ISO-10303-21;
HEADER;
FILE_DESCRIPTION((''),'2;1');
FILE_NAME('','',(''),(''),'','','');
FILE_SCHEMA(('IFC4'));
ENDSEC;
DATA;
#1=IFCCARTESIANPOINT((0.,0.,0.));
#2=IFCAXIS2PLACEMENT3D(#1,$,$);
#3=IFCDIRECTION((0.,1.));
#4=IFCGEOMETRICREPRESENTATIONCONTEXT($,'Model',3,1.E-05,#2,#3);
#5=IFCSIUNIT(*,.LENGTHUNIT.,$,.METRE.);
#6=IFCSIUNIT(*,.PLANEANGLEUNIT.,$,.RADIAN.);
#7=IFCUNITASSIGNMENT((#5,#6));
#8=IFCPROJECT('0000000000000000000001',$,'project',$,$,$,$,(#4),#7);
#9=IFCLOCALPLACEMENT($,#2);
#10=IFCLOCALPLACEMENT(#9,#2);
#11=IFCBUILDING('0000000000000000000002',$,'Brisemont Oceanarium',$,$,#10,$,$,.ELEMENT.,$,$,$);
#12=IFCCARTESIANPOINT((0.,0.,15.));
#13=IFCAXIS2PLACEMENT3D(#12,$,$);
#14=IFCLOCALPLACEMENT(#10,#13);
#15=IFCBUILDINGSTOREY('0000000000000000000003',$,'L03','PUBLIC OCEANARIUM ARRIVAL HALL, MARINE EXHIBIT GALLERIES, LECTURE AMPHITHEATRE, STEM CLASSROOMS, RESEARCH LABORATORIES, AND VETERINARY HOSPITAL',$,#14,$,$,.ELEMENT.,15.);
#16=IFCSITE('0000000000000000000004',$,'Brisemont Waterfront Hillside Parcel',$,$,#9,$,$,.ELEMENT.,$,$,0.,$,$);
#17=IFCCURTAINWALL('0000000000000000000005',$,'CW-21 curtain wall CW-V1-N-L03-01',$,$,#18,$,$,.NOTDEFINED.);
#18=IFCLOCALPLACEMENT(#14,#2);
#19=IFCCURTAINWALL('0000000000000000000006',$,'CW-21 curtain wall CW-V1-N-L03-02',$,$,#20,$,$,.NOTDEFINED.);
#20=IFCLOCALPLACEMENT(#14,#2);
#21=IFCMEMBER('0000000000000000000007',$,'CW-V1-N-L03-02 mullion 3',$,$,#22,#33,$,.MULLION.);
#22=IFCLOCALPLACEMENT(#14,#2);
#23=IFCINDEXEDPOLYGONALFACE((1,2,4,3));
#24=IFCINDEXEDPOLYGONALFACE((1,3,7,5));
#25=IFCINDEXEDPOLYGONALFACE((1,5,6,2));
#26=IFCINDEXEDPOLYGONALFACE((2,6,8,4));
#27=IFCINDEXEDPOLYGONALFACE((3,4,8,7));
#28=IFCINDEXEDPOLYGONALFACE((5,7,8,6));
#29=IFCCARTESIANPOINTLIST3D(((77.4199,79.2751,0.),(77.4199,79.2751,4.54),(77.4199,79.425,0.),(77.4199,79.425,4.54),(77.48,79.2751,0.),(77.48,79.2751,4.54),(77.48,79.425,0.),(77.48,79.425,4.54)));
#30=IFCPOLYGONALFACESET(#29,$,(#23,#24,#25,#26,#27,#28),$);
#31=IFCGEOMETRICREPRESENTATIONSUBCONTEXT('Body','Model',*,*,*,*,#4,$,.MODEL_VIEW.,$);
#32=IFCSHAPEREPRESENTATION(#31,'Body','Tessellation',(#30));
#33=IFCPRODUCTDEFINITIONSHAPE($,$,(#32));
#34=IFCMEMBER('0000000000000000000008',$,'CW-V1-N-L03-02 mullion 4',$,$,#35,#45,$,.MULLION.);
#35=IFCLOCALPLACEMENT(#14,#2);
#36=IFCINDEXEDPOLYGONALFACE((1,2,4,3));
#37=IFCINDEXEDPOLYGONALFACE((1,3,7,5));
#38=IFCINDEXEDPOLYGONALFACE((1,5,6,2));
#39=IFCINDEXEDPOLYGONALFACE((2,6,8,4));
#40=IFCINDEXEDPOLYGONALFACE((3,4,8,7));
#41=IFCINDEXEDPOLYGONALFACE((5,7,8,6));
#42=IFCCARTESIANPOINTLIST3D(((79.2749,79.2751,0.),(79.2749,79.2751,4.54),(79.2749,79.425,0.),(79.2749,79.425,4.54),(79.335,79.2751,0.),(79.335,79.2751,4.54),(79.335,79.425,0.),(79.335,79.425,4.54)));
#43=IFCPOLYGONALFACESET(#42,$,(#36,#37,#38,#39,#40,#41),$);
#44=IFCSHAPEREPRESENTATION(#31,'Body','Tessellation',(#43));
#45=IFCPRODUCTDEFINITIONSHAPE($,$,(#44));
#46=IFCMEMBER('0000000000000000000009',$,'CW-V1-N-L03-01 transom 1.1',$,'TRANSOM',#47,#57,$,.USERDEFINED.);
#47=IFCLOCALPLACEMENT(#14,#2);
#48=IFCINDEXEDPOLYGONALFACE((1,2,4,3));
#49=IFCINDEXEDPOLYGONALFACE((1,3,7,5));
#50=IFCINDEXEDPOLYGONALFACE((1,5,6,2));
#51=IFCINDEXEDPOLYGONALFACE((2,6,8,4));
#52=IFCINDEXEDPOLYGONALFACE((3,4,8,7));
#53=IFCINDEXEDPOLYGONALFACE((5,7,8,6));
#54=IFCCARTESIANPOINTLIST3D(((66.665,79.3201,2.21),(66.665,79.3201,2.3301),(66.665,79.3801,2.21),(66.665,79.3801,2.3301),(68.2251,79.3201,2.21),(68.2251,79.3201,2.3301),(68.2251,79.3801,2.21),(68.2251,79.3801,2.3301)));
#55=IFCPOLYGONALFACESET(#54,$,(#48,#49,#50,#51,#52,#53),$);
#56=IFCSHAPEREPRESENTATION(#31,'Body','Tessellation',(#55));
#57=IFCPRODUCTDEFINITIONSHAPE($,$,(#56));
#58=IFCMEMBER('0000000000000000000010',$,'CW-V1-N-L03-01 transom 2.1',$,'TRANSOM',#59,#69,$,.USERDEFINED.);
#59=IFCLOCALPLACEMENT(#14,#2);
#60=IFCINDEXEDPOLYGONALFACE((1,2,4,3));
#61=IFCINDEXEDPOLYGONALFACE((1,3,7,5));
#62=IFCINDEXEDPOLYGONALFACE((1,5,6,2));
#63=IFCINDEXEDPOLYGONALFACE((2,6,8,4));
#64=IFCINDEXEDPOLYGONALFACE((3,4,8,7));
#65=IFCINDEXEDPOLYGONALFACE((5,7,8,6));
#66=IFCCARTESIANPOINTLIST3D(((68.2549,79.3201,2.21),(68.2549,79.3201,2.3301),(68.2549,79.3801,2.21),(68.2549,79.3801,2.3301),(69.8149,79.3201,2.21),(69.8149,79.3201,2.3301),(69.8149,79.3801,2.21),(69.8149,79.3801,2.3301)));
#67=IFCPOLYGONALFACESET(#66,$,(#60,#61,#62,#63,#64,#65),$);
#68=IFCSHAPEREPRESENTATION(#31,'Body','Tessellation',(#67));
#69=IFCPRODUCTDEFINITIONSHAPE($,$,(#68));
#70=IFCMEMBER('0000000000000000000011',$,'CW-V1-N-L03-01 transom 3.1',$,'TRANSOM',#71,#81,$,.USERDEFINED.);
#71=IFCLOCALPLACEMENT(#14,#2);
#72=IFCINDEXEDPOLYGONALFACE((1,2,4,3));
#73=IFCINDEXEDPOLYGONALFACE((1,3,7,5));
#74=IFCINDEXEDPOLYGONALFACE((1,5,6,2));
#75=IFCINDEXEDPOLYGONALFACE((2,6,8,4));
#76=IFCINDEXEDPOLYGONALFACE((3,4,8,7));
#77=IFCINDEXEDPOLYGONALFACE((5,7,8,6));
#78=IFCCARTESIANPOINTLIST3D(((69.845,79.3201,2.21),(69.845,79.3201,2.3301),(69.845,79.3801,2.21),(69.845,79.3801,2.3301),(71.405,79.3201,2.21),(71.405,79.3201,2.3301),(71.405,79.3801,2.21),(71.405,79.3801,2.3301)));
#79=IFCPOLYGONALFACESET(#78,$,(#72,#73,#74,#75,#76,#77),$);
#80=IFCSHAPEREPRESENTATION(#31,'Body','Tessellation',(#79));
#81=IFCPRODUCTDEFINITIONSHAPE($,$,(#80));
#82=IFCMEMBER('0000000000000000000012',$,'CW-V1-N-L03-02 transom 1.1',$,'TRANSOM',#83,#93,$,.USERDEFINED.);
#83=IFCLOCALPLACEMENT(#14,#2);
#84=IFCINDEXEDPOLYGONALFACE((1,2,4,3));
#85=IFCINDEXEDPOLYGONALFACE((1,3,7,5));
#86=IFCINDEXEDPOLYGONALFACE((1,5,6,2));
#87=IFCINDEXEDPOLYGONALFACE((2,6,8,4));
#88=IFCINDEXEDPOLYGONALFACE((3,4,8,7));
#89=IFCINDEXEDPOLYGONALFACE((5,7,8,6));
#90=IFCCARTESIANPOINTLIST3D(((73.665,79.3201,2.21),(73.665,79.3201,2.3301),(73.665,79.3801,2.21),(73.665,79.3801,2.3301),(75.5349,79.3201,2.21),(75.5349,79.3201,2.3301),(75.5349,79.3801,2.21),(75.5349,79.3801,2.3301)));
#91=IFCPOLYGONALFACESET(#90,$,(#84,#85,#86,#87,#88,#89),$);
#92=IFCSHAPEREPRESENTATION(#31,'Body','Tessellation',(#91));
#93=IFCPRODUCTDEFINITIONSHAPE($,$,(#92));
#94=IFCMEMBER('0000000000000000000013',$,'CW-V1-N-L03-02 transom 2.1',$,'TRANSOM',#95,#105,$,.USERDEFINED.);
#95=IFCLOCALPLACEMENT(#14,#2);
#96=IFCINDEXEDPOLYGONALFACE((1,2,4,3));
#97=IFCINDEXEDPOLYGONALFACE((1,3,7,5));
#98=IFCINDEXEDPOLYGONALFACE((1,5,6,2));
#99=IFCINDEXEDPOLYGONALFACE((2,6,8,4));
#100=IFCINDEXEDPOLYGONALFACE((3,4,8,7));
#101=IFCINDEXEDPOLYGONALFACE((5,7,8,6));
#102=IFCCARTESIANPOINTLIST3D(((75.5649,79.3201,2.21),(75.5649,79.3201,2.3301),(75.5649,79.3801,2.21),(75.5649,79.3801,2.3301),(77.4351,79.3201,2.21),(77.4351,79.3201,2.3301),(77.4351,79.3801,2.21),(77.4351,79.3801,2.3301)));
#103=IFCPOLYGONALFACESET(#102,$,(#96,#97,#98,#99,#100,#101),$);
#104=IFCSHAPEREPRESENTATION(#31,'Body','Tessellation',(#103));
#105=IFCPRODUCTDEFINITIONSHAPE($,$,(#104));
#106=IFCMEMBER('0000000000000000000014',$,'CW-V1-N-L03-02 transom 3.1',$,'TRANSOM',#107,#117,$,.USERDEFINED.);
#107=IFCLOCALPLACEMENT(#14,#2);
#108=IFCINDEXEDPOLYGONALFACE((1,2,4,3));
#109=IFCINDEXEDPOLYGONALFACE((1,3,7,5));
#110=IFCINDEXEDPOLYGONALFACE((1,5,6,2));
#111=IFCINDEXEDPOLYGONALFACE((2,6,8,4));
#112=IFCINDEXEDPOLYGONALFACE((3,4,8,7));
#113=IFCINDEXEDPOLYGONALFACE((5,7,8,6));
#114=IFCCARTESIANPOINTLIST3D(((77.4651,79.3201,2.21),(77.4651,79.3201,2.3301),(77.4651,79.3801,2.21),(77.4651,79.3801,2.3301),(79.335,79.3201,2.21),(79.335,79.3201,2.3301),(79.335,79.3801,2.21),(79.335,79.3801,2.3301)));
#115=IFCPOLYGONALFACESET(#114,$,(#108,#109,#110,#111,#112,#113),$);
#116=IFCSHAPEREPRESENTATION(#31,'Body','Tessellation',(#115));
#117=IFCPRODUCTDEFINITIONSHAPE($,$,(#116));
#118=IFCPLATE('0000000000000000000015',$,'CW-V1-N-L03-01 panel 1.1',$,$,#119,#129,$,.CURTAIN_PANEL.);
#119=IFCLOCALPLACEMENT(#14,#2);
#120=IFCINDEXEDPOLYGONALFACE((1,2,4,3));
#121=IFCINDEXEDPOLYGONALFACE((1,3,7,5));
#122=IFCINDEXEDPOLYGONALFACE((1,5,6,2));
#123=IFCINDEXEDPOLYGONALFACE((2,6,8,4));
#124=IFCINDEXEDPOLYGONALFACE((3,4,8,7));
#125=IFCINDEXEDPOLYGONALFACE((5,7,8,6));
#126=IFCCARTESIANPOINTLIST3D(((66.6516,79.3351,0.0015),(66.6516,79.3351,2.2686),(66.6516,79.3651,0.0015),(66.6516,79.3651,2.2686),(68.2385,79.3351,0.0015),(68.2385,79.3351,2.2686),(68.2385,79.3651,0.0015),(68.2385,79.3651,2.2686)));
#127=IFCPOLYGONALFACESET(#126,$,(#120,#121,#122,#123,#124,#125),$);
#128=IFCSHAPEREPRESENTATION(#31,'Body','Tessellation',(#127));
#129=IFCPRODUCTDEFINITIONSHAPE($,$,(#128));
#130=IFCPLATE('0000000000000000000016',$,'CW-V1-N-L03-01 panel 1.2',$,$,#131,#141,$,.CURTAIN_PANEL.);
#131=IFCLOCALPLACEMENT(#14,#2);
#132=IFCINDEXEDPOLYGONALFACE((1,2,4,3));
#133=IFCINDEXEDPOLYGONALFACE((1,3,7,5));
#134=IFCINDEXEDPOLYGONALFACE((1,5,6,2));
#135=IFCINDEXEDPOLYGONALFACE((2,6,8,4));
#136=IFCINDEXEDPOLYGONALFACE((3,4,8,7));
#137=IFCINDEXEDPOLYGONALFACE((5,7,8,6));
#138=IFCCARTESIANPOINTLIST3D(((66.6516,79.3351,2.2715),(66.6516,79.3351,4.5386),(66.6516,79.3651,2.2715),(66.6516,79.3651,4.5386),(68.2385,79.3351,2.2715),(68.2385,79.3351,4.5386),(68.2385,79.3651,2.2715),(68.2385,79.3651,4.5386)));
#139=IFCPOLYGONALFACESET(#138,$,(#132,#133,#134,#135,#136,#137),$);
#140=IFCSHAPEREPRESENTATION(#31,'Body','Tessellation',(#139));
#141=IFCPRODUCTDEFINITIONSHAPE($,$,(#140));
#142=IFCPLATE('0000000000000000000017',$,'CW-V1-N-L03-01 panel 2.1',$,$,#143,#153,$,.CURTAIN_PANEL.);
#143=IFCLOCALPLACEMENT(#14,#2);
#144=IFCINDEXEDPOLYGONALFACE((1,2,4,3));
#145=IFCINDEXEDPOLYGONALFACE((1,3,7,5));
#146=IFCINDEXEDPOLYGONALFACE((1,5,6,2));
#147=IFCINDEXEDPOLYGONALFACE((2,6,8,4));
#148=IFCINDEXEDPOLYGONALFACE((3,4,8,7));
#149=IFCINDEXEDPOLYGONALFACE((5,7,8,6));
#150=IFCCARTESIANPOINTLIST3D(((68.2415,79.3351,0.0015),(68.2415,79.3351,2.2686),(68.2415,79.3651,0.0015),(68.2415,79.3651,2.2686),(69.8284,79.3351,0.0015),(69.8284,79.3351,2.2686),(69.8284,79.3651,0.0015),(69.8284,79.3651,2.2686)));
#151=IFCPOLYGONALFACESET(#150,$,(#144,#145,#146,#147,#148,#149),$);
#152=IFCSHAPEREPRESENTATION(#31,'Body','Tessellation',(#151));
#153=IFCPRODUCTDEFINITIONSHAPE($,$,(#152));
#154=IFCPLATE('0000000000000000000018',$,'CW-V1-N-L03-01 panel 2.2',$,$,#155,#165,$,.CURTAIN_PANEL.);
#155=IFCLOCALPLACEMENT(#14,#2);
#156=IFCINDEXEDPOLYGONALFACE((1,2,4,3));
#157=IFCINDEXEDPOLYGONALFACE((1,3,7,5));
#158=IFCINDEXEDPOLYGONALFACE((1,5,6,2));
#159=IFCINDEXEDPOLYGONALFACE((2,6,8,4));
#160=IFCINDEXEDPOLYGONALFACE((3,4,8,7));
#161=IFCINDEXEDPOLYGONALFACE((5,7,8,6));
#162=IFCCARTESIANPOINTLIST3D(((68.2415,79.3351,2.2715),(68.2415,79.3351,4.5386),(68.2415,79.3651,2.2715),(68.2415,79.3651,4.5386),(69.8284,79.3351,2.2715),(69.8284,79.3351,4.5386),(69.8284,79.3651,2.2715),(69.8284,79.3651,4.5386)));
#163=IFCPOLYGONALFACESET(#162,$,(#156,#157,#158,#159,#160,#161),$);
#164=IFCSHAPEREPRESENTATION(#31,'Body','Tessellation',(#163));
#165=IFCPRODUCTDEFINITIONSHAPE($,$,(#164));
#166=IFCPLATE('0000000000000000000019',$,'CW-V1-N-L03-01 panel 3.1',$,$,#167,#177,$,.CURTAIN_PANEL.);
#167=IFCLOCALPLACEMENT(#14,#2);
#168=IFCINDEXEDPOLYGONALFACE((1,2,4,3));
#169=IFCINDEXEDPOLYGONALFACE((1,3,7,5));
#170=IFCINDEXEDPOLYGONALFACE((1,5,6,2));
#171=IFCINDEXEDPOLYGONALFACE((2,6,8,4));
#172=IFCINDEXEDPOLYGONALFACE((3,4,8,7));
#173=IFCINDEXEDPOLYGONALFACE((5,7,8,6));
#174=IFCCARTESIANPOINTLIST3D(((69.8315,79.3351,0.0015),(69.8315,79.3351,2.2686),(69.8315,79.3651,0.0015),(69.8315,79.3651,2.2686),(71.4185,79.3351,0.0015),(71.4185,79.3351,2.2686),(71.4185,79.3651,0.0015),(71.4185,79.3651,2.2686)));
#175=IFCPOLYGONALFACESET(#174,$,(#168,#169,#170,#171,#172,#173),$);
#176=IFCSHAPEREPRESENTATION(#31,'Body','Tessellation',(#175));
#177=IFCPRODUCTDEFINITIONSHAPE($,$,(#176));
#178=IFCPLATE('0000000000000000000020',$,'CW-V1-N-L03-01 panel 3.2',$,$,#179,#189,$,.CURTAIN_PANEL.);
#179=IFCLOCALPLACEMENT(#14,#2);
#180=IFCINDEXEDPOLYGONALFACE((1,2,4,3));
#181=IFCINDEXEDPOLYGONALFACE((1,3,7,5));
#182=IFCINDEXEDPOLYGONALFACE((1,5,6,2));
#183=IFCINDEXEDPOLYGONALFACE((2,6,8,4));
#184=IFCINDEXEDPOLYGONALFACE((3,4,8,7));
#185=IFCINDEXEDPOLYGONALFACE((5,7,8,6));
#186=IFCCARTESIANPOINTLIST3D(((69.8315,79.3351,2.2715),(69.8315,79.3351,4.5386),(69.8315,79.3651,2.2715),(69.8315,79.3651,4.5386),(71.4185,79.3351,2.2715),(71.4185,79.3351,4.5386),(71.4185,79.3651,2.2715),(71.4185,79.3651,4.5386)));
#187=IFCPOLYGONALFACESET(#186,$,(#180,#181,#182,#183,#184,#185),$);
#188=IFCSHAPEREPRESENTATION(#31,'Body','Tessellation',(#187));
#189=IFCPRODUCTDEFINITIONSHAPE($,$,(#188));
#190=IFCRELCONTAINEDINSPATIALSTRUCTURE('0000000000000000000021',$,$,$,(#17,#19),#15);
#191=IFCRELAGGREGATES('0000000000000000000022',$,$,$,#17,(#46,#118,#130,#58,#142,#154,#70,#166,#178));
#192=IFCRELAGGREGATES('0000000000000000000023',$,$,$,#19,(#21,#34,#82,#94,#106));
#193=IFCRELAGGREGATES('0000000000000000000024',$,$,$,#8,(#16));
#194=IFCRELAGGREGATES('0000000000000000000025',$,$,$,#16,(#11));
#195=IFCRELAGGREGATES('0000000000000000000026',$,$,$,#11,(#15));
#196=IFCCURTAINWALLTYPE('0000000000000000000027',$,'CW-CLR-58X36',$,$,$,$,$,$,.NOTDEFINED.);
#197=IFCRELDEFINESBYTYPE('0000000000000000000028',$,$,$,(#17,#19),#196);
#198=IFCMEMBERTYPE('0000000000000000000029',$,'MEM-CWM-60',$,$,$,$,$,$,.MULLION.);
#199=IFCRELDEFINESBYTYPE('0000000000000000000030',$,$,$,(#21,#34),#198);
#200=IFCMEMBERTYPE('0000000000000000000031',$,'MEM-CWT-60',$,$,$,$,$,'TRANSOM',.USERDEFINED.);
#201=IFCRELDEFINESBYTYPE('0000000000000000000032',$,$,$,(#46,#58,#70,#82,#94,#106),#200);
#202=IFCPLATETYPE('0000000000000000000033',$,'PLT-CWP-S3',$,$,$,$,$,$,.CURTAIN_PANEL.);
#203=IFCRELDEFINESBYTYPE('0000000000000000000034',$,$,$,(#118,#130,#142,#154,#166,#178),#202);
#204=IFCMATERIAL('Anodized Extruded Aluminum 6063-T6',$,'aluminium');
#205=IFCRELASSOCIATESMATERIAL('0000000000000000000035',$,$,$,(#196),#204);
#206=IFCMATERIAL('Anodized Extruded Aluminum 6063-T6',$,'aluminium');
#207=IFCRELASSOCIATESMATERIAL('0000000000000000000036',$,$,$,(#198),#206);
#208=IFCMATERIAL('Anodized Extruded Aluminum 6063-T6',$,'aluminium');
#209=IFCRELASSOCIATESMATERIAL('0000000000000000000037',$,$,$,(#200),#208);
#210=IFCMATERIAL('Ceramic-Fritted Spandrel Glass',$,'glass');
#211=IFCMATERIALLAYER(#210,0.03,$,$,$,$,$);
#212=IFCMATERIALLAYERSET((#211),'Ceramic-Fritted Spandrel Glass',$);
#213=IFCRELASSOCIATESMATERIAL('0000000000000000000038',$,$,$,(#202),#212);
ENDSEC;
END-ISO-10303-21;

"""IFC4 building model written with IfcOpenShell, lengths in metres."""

from ifc_helpers import new_model, si_unit, direction, frame, origin, origin_2d, place, context, subcontext, project, spatial, rectangle, extrude, material, layer, layer_set, material_profile, profile_set, type_object, element, aggregate, save


model = new_model("IFC4")

# Units and contexts
model_context = context("Model", 3, precision=1e-05, world=origin(), true_north=direction((0.0, 1.0)))
body_context = subcontext(model_context, "Body", "Model", "MODEL_VIEW")
ifc_project = project(units=[si_unit("LENGTHUNIT", "METRE"), si_unit("PLANEANGLEUNIT", "RADIAN")], contexts=[model_context])

# Site, building, storey
site_placement = place(None, origin())
site = spatial("IfcSite", under=ifc_project, at=site_placement, Name="Brisemont Waterfront Hillside Parcel", CompositionType="ELEMENT", RefElevation=0.0)
building_placement = place(site_placement, origin())
building = spatial("IfcBuilding", under=site, at=building_placement, Name="Brisemont Oceanarium", CompositionType="ELEMENT")
storey_placement = place(building_placement, frame((0.0, 0.0, 15.0)))
storey = spatial("IfcBuildingStorey", under=building, at=storey_placement, Name="L03", Description="PUBLIC OCEANARIUM ARRIVAL HALL, MARINE EXHIBIT GALLERIES, LECTURE AMPHITHEATRE, STEM CLASSROOMS, RESEARCH LABORATORIES, AND VETERINARY HOSPITAL", CompositionType="ELEMENT", Elevation=15.0)

# Curtain walls, members
ifc_material_1 = material(Name="Anodized Extruded Aluminum 6063-T6", Category="aluminium")
curtain_wall_type = type_object("IfcCurtainWallType", Name="CW-CLR-58X36", PredefinedType="NOTDEFINED", material=ifc_material_1)
curtain_wall_1_placement = place(storey_placement, origin())
curtain_wall_1 = element("IfcCurtainWall", 1, at=curtain_wall_1_placement, inside=storey, type_object=curtain_wall_type, Name="CW-21 curtain wall CW-V1-N-L03-01", PredefinedType="NOTDEFINED")
ifc_material_2 = material(Name="Anodized Extruded Aluminum 6063-T6", Category="aluminium")
ifc_material_profile_1 = material_profile(ifc_material_2, rectangle(XDim=0.0601, YDim=0.1499, at=origin_2d()), Name="CWM-60X150")
ifc_profile_set_1 = profile_set([ifc_material_profile_1], Name="Anodized Extruded Aluminum 6063-T6")
member_type_1 = type_object("IfcMemberType", Name="MEM-CWM-60", PredefinedType="MULLION", material=ifc_profile_set_1)
curtain_wall_2_placement = place(storey_placement, origin())
curtain_wall_2 = element("IfcCurtainWall", 2, at=curtain_wall_2_placement, inside=storey, type_object=curtain_wall_type, Name="CW-21 curtain wall CW-V1-N-L03-02", PredefinedType="NOTDEFINED")
member_1_placement = place(storey_placement, frame((77.45, 79.3501, 0.0), z_axis=(0.0, 0.0, 1.0), x_axis=(1.0, 0.0, 0.0)))
member_1 = element("IfcMember", 3, at=member_1_placement, type_object=member_type_1, Name="CW-V1-N-L03-02 mullion 3", PredefinedType="MULLION", context=body_context, shape_type="SweptSolid", body=[
    extrude(rectangle(XDim=0.0601, YDim=0.1499, at=origin_2d()), origin(), (0.0, 0.0, 1.0), 4.54),
])
member_2_placement = place(storey_placement, frame((79.3049, 79.3501, 0.0), z_axis=(0.0, 0.0, 1.0), x_axis=(1.0, 0.0, 0.0)))
member_2 = element("IfcMember", 4, at=member_2_placement, type_object=member_type_1, Name="CW-V1-N-L03-02 mullion 4", PredefinedType="MULLION", context=body_context, shape_type="SweptSolid", body=[
    extrude(rectangle(XDim=0.0601, YDim=0.1499, at=origin_2d()), origin(), (0.0, 0.0, 1.0), 4.54),
])

# Members
ifc_material_3 = material(Name="Anodized Extruded Aluminum 6063-T6", Category="aluminium")
ifc_material_profile_2 = material_profile(ifc_material_3, rectangle(XDim=0.0601, YDim=0.1201, at=origin_2d()), Name="CWT-60X120")
ifc_profile_set_2 = profile_set([ifc_material_profile_2], Name="Anodized Extruded Aluminum 6063-T6")
member_type_2 = type_object("IfcMemberType", Name="MEM-CWT-60", ElementType="TRANSOM", PredefinedType="USERDEFINED", material=ifc_profile_set_2)
member_3_placement = place(storey_placement, frame((66.665, 79.3501, 2.27), z_axis=(1.0, 0.0, 0.0), x_axis=(0.0, 1.0, 0.0)))
member_3 = element("IfcMember", 5, at=member_3_placement, type_object=member_type_2, Name="CW-V1-N-L03-01 transom 1.1", ObjectType="TRANSOM", PredefinedType="USERDEFINED", context=body_context, shape_type="SweptSolid", body=[
    extrude(rectangle(XDim=0.0601, YDim=0.1201, at=origin_2d()), origin(), (0.0, 0.0, 1.0), 1.5601),
])
member_4_placement = place(storey_placement, frame((68.2549, 79.3501, 2.27), z_axis=(1.0, 0.0, 0.0), x_axis=(0.0, 1.0, 0.0)))
member_4 = element("IfcMember", 6, at=member_4_placement, type_object=member_type_2, Name="CW-V1-N-L03-01 transom 2.1", ObjectType="TRANSOM", PredefinedType="USERDEFINED", context=body_context, shape_type="SweptSolid", body=[
    extrude(rectangle(XDim=0.0601, YDim=0.1201, at=origin_2d()), origin(), (0.0, 0.0, 1.0), 1.5601),
])
member_5_placement = place(storey_placement, frame((69.845, 79.3501, 2.27), z_axis=(1.0, 0.0, 0.0), x_axis=(0.0, 1.0, 0.0)))
member_5 = element("IfcMember", 7, at=member_5_placement, type_object=member_type_2, Name="CW-V1-N-L03-01 transom 3.1", ObjectType="TRANSOM", PredefinedType="USERDEFINED", context=body_context, shape_type="SweptSolid", body=[
    extrude(rectangle(XDim=0.0601, YDim=0.1201, at=origin_2d()), origin(), (0.0, 0.0, 1.0), 1.5601),
])
member_6_placement = place(storey_placement, frame((73.665, 79.3501, 2.27), z_axis=(1.0, 0.0, 0.0), x_axis=(0.0, 1.0, 0.0)))
member_6 = element("IfcMember", 8, at=member_6_placement, type_object=member_type_2, Name="CW-V1-N-L03-02 transom 1.1", ObjectType="TRANSOM", PredefinedType="USERDEFINED", context=body_context, shape_type="SweptSolid", body=[
    extrude(rectangle(XDim=0.0601, YDim=0.1201, at=origin_2d()), origin(), (0.0, 0.0, 1.0), 1.8699),
])
member_7_placement = place(storey_placement, frame((75.5649, 79.3501, 2.27), z_axis=(1.0, 0.0, 0.0), x_axis=(0.0, 1.0, 0.0)))
member_7 = element("IfcMember", 9, at=member_7_placement, type_object=member_type_2, Name="CW-V1-N-L03-02 transom 2.1", ObjectType="TRANSOM", PredefinedType="USERDEFINED", context=body_context, shape_type="SweptSolid", body=[
    extrude(rectangle(XDim=0.0601, YDim=0.1201, at=origin_2d()), origin(), (0.0, 0.0, 1.0), 1.8701),
])
member_8_placement = place(storey_placement, frame((77.4651, 79.3501, 2.27), z_axis=(1.0, 0.0, 0.0), x_axis=(0.0, 1.0, 0.0)))
member_8 = element("IfcMember", 10, at=member_8_placement, type_object=member_type_2, Name="CW-V1-N-L03-02 transom 3.1", ObjectType="TRANSOM", PredefinedType="USERDEFINED", context=body_context, shape_type="SweptSolid", body=[
    extrude(rectangle(XDim=0.0601, YDim=0.1201, at=origin_2d()), origin(), (0.0, 0.0, 1.0), 1.8699),
])

# Plates
ifc_material_4 = material(Name="Ceramic-Fritted Spandrel Glass", Category="glass")
ifc_layer = layer(ifc_material_4, 0.03)
ifc_layer_set = layer_set([ifc_layer], Name="Ceramic-Fritted Spandrel Glass")
plate_type = type_object("IfcPlateType", Name="PLT-CWP-S3", PredefinedType="CURTAIN_PANEL", material=ifc_layer_set)
plate_1_placement = place(storey_placement, frame((67.4451, 79.3501, 0.0015), z_axis=(0.0, 0.0, 1.0), x_axis=(1.0, 0.0, 0.0)))
plate_1 = element("IfcPlate", 11, at=plate_1_placement, type_object=plate_type, Name="CW-V1-N-L03-01 panel 1.1", PredefinedType="CURTAIN_PANEL", context=body_context, shape_type="SweptSolid", body=[
    extrude(rectangle(XDim=1.5869, YDim=0.03, at=origin_2d()), origin(), (0.0, 0.0, 1.0), 2.2671),
])
plate_2_placement = place(storey_placement, frame((67.4451, 79.3501, 2.2715), z_axis=(0.0, 0.0, 1.0), x_axis=(1.0, 0.0, 0.0)))
plate_2 = element("IfcPlate", 12, at=plate_2_placement, type_object=plate_type, Name="CW-V1-N-L03-01 panel 1.2", PredefinedType="CURTAIN_PANEL", context=body_context, shape_type="SweptSolid", body=[
    extrude(rectangle(XDim=1.5869, YDim=0.03, at=origin_2d()), origin(), (0.0, 0.0, 1.0), 2.2671),
])
plate_3_placement = place(storey_placement, frame((69.0349, 79.3501, 0.0015), z_axis=(0.0, 0.0, 1.0), x_axis=(1.0, 0.0, 0.0)))
plate_3 = element("IfcPlate", 13, at=plate_3_placement, type_object=plate_type, Name="CW-V1-N-L03-01 panel 2.1", PredefinedType="CURTAIN_PANEL", context=body_context, shape_type="SweptSolid", body=[
    extrude(rectangle(XDim=1.5869, YDim=0.03, at=origin_2d()), origin(), (0.0, 0.0, 1.0), 2.2671),
])
plate_4_placement = place(storey_placement, frame((69.0349, 79.3501, 2.2715), z_axis=(0.0, 0.0, 1.0), x_axis=(1.0, 0.0, 0.0)))
plate_4 = element("IfcPlate", 14, at=plate_4_placement, type_object=plate_type, Name="CW-V1-N-L03-01 panel 2.2", PredefinedType="CURTAIN_PANEL", context=body_context, shape_type="SweptSolid", body=[
    extrude(rectangle(XDim=1.5869, YDim=0.03, at=origin_2d()), origin(), (0.0, 0.0, 1.0), 2.2671),
])
plate_5_placement = place(storey_placement, frame((70.625, 79.3501, 0.0015), z_axis=(0.0, 0.0, 1.0), x_axis=(1.0, 0.0, 0.0)))
plate_5 = element("IfcPlate", 15, at=plate_5_placement, type_object=plate_type, Name="CW-V1-N-L03-01 panel 3.1", PredefinedType="CURTAIN_PANEL", context=body_context, shape_type="SweptSolid", body=[
    extrude(rectangle(XDim=1.5869, YDim=0.03, at=origin_2d()), origin(), (0.0, 0.0, 1.0), 2.2671),
])
plate_6_placement = place(storey_placement, frame((70.625, 79.3501, 2.2715), z_axis=(0.0, 0.0, 1.0), x_axis=(1.0, 0.0, 0.0)))
plate_6 = element("IfcPlate", 16, at=plate_6_placement, type_object=plate_type, Name="CW-V1-N-L03-01 panel 3.2", PredefinedType="CURTAIN_PANEL", context=body_context, shape_type="SweptSolid", body=[
    extrude(rectangle(XDim=1.5869, YDim=0.03, at=origin_2d()), origin(), (0.0, 0.0, 1.0), 2.2671),
])
aggregate(curtain_wall_1, [member_3, plate_1, plate_2, member_4, plate_3, plate_4, member_5, plate_5, plate_6])
aggregate(curtain_wall_2, [member_1, member_2, member_6, member_7, member_8])

save(model, "model.ifc")
